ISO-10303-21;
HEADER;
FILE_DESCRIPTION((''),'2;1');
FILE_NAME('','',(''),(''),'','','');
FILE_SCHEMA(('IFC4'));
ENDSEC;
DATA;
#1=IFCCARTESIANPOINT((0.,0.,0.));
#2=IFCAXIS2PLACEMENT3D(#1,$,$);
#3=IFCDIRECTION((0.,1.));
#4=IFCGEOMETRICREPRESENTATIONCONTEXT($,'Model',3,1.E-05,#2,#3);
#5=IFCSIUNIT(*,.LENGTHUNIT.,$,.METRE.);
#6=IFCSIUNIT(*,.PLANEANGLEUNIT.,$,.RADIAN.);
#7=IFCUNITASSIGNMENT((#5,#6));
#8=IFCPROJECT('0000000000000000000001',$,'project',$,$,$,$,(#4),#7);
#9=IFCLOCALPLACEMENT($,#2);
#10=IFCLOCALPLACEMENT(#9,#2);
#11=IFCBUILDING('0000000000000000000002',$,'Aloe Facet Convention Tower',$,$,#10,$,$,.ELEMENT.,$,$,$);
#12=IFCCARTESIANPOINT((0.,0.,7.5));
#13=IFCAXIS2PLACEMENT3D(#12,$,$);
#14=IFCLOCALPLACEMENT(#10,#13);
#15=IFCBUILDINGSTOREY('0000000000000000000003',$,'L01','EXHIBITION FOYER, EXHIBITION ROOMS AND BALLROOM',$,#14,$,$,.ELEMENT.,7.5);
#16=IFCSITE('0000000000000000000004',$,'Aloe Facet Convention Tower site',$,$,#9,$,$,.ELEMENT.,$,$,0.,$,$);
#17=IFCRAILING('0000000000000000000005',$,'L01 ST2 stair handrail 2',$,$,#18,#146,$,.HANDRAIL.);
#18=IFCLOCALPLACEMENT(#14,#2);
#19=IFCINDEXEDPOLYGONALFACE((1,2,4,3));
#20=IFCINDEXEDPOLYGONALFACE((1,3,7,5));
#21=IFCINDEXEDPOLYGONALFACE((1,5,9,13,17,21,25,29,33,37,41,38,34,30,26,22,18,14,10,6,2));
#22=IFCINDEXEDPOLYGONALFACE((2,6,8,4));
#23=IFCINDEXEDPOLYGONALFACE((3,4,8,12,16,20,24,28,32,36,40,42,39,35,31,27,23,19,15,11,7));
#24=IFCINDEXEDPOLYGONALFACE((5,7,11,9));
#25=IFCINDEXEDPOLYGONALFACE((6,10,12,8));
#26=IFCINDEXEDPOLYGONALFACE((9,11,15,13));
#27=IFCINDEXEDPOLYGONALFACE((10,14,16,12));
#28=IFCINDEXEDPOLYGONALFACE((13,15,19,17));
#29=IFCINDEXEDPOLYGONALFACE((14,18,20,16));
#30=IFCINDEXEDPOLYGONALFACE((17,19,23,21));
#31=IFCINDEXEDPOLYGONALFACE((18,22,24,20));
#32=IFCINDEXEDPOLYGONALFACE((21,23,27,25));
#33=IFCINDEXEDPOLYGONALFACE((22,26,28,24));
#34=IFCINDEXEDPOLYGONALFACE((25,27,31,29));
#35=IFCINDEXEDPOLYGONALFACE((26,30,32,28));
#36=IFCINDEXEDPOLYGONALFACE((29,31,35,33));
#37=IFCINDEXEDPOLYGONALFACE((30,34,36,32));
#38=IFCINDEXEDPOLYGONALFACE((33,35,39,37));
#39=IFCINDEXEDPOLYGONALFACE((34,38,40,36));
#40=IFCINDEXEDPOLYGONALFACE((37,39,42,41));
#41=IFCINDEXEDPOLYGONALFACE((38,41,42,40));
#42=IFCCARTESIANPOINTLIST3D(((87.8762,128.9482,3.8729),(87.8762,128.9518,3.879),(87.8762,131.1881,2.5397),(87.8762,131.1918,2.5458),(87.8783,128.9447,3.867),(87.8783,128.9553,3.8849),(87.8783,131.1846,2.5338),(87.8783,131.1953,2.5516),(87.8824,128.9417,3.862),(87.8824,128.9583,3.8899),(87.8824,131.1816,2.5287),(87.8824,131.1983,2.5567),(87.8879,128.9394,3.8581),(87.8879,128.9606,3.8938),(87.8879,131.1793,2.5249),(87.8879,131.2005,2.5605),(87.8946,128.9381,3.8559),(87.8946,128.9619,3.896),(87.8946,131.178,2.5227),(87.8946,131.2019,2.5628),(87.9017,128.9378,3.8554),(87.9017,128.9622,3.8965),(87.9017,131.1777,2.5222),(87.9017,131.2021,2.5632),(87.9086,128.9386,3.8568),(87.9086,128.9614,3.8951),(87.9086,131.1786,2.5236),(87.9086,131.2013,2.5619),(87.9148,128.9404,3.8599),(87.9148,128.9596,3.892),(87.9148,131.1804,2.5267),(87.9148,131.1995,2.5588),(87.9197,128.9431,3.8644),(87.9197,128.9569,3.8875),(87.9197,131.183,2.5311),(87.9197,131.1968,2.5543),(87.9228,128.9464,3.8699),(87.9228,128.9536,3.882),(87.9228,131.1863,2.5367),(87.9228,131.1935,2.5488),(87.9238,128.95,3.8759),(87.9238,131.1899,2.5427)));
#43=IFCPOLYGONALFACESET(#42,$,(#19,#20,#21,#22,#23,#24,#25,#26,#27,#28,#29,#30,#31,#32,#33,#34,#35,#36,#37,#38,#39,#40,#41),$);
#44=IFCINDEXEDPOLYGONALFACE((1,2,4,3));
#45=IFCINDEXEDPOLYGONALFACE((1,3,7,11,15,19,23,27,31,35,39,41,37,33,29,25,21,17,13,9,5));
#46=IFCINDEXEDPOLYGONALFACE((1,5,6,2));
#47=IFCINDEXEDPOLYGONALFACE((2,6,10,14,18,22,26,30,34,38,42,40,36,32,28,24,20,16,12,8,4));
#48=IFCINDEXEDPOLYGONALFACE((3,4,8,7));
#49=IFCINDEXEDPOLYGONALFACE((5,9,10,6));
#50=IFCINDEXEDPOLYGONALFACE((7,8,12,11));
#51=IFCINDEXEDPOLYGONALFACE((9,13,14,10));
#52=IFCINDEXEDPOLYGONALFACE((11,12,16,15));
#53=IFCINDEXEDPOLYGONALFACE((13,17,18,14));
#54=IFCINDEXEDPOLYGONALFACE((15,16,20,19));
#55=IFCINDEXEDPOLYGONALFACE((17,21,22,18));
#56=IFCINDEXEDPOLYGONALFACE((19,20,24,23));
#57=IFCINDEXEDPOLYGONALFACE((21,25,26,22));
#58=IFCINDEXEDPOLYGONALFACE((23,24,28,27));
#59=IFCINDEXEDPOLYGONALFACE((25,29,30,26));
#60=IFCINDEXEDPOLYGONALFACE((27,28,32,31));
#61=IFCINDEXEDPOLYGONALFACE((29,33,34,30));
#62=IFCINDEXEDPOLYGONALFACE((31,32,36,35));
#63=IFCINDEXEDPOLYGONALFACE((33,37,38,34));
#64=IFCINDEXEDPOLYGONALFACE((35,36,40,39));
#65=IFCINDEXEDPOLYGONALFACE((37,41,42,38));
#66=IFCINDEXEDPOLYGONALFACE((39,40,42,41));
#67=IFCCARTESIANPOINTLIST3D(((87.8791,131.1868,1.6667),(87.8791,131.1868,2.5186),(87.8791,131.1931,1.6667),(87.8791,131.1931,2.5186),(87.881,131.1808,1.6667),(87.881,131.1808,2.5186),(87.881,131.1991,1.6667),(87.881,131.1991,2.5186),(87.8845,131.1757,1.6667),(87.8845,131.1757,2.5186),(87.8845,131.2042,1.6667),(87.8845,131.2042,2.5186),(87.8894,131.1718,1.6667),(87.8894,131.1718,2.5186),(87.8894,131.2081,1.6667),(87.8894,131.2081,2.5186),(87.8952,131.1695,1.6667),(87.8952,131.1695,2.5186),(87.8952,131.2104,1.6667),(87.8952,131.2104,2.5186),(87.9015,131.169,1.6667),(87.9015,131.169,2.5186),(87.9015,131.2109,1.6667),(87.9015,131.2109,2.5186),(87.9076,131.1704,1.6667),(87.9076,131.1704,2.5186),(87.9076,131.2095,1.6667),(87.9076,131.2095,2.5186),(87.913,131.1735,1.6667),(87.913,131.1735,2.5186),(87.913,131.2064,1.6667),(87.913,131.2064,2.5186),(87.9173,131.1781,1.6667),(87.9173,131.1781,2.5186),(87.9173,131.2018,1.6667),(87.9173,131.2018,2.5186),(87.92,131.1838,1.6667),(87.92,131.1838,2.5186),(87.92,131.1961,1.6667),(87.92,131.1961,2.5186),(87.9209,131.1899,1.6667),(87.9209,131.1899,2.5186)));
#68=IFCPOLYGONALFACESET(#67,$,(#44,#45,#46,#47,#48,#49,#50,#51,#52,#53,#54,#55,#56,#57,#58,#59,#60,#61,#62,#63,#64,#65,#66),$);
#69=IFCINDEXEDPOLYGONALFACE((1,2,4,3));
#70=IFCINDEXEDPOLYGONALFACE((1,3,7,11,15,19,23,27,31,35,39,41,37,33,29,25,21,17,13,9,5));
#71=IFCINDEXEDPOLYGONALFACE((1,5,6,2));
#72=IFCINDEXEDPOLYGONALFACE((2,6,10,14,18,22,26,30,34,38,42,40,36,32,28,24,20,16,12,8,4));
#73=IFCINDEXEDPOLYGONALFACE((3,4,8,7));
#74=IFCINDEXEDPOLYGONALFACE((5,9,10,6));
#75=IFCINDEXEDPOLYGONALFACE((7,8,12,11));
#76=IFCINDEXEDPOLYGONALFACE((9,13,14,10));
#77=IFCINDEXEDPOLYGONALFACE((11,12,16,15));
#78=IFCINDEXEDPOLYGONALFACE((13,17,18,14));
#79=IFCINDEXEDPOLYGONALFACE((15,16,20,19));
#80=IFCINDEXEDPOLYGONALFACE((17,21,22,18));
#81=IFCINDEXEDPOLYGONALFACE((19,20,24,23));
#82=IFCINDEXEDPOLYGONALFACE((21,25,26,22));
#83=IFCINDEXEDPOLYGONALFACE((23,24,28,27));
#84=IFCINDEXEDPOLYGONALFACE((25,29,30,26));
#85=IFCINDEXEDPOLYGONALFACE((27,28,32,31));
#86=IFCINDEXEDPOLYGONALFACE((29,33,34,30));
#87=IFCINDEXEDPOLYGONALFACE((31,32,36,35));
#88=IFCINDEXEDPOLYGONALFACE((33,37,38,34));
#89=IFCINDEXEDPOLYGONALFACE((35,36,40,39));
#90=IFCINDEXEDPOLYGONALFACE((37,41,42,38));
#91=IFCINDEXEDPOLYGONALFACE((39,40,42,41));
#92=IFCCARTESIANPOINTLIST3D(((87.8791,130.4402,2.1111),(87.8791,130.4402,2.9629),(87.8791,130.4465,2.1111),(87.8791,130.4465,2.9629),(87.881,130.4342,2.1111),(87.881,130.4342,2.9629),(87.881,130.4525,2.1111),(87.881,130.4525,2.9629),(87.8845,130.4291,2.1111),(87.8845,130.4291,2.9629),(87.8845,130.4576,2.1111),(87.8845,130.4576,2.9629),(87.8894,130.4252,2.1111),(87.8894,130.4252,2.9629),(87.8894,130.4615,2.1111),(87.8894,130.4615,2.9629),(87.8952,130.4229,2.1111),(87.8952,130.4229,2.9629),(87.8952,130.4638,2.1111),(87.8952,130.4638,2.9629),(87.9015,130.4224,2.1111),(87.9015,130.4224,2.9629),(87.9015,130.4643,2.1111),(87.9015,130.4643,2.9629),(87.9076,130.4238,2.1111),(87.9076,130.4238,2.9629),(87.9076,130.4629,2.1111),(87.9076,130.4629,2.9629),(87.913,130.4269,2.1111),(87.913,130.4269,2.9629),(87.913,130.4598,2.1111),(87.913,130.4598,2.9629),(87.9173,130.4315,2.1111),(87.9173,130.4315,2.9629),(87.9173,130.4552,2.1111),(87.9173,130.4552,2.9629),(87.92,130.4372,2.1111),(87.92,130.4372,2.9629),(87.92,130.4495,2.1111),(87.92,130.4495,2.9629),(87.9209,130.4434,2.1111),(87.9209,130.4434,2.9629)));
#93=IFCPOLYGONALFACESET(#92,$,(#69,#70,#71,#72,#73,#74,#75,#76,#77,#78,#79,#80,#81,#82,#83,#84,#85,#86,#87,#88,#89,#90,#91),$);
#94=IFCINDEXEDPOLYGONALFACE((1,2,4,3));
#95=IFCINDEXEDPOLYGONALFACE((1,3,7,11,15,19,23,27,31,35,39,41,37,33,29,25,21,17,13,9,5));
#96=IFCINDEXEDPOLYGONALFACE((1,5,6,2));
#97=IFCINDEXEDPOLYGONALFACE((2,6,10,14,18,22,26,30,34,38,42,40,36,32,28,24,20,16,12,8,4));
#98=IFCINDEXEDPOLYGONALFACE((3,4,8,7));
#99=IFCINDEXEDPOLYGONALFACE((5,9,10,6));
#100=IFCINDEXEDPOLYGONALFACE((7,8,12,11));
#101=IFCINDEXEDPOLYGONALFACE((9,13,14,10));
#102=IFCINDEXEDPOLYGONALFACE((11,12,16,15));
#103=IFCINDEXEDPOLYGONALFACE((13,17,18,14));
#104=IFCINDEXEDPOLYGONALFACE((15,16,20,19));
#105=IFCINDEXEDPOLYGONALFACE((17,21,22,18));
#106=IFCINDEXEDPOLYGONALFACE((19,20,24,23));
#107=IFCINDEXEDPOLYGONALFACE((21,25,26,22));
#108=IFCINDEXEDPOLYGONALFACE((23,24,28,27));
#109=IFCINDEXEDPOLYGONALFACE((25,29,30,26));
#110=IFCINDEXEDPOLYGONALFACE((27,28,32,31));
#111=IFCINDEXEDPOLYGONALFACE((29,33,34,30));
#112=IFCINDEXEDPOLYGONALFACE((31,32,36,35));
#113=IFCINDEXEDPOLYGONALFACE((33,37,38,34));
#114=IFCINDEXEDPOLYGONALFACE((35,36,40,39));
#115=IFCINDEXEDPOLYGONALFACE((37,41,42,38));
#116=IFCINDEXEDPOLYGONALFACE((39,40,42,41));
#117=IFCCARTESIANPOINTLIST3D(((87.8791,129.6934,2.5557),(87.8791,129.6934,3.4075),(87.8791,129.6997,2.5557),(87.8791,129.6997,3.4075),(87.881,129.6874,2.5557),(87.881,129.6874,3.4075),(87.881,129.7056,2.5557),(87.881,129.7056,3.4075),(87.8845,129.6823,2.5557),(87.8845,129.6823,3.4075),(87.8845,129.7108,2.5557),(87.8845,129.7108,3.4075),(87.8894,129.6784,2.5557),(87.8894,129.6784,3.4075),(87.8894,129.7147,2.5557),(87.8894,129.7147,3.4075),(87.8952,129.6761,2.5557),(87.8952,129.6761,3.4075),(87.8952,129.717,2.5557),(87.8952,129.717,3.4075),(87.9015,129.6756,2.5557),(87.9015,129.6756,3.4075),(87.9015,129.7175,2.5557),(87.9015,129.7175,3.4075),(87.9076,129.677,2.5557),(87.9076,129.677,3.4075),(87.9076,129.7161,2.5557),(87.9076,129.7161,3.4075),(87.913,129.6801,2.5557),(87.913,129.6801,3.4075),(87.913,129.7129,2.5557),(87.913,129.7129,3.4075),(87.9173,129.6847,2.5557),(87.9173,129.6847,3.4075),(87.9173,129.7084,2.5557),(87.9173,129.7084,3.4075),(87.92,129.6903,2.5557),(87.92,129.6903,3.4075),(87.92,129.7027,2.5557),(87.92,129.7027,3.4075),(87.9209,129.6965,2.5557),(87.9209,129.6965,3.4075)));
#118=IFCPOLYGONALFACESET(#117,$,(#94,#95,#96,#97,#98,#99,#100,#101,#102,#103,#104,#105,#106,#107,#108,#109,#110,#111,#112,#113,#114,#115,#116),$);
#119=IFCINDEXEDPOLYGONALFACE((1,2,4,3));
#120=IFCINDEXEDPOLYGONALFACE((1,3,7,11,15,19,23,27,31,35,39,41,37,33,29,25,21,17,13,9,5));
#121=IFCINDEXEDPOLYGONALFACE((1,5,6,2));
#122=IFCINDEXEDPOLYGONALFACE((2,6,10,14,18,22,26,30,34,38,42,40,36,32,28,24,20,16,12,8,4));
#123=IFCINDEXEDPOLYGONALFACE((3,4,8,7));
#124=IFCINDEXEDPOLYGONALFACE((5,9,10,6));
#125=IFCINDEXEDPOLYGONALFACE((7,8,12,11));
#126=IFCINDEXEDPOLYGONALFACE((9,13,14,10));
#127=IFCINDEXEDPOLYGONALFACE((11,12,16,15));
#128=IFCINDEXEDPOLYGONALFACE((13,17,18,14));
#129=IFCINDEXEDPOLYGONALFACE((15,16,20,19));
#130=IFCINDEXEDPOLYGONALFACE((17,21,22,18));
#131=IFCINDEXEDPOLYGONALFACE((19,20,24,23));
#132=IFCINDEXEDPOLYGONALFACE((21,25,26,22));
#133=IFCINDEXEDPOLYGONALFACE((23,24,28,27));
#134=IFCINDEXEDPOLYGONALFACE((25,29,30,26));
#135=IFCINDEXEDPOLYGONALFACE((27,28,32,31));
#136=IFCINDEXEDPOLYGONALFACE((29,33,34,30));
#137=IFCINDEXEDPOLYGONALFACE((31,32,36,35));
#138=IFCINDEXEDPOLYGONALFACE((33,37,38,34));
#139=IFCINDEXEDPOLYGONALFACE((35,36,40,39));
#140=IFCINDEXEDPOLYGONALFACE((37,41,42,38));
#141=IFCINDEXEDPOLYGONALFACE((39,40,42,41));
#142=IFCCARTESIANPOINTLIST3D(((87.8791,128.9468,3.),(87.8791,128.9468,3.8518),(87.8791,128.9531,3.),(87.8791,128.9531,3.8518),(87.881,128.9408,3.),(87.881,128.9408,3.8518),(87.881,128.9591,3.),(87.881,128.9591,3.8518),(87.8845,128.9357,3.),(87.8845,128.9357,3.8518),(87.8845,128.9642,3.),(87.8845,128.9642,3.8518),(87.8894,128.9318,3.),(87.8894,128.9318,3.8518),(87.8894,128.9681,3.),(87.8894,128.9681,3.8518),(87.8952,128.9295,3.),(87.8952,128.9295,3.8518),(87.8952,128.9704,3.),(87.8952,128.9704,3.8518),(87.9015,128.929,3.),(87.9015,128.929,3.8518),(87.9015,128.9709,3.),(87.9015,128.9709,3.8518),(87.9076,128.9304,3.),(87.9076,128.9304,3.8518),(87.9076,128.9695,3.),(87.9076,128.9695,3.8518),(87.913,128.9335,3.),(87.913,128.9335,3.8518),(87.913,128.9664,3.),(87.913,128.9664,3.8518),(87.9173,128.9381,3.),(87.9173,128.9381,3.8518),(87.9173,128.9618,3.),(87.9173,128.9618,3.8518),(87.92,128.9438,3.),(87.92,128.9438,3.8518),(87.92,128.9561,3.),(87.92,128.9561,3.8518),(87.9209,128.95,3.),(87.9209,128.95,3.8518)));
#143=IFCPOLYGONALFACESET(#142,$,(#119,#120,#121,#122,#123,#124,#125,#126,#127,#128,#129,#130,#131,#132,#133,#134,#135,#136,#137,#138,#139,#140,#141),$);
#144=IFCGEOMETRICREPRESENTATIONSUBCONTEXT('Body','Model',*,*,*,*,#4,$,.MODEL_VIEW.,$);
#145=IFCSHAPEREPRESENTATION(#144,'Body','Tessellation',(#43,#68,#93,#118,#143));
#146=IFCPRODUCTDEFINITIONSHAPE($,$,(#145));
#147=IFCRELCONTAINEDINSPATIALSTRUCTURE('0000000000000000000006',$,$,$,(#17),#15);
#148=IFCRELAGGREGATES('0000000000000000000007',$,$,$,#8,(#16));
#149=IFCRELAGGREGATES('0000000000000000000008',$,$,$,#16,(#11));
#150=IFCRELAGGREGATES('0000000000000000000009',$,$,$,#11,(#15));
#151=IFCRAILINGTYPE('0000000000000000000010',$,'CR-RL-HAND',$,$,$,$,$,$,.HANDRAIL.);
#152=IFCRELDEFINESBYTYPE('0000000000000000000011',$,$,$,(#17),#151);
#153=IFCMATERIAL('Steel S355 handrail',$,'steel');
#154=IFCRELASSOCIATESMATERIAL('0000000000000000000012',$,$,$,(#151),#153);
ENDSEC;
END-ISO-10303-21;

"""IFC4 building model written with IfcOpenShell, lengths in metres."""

from ifc_helpers import new_model, si_unit, direction, frame, origin, origin_2d, place, context, subcontext, project, spatial, circle, extrude, material, type_object, element, save


model = new_model("IFC4")

# Units and contexts
model_context = context("Model", 3, precision=1e-05, world=origin(), true_north=direction((0.0, 1.0)))
body_context = subcontext(model_context, "Body", "Model", "MODEL_VIEW")
ifc_project = project(units=[si_unit("LENGTHUNIT", "METRE"), si_unit("PLANEANGLEUNIT", "RADIAN")], contexts=[model_context])

# Site, building, storey
site_placement = place(None, origin())
site = spatial("IfcSite", under=ifc_project, at=site_placement, Name="Aloe Facet Convention Tower site", CompositionType="ELEMENT", RefElevation=0.0)
building_placement = place(site_placement, origin())
building = spatial("IfcBuilding", under=site, at=building_placement, Name="Aloe Facet Convention Tower", CompositionType="ELEMENT")
storey_placement = place(building_placement, frame((0.0, 0.0, 7.5)))
storey = spatial("IfcBuildingStorey", under=building, at=storey_placement, Name="L01", Description="EXHIBITION FOYER, EXHIBITION ROOMS AND BALLROOM", CompositionType="ELEMENT", Elevation=7.5)

# Railing
ifc_material_1 = material(Name="Steel S355 handrail", Category="steel")
railing_type_1 = type_object("IfcRailingType", Name="CR-RL-HAND", PredefinedType="HANDRAIL", material=ifc_material_1)
railing_1_placement = place(storey_placement, frame((87.8999, 131.1899, 1.6667)))
element("IfcRailing", 1, at=railing_1_placement, inside=storey, type_object=railing_type_1, Name="L01 ST2 stair handrail 2", PredefinedType="HANDRAIL", context=body_context, shape_type="SweptSolid", body=[
    extrude(circle(Radius=0.0239, at=origin_2d()), frame((0.0, 0.0, 0.876), z_axis=(0.0, -0.859306, 0.511462), x_axis=(1.0, 0.0, 0.0)), (0.0, 0.0, 1.0), 2.6067),
    extrude(circle(Radius=0.021, at=origin_2d()), origin(), (0.0, 0.0, 1.0), 0.8518),
    extrude(circle(Radius=0.021, at=origin_2d()), frame((0.0, -0.7466, 0.4443)), (0.0, 0.0, 1.0), 0.8518),
    extrude(circle(Radius=0.021, at=origin_2d()), frame((0.0, -1.4934, 0.8889)), (0.0, 0.0, 1.0), 0.8518),
    extrude(circle(Radius=0.021, at=origin_2d()), frame((0.0, -2.24, 1.3333)), (0.0, 0.0, 1.0), 0.8518),
])

save(model, "model.ifc")
